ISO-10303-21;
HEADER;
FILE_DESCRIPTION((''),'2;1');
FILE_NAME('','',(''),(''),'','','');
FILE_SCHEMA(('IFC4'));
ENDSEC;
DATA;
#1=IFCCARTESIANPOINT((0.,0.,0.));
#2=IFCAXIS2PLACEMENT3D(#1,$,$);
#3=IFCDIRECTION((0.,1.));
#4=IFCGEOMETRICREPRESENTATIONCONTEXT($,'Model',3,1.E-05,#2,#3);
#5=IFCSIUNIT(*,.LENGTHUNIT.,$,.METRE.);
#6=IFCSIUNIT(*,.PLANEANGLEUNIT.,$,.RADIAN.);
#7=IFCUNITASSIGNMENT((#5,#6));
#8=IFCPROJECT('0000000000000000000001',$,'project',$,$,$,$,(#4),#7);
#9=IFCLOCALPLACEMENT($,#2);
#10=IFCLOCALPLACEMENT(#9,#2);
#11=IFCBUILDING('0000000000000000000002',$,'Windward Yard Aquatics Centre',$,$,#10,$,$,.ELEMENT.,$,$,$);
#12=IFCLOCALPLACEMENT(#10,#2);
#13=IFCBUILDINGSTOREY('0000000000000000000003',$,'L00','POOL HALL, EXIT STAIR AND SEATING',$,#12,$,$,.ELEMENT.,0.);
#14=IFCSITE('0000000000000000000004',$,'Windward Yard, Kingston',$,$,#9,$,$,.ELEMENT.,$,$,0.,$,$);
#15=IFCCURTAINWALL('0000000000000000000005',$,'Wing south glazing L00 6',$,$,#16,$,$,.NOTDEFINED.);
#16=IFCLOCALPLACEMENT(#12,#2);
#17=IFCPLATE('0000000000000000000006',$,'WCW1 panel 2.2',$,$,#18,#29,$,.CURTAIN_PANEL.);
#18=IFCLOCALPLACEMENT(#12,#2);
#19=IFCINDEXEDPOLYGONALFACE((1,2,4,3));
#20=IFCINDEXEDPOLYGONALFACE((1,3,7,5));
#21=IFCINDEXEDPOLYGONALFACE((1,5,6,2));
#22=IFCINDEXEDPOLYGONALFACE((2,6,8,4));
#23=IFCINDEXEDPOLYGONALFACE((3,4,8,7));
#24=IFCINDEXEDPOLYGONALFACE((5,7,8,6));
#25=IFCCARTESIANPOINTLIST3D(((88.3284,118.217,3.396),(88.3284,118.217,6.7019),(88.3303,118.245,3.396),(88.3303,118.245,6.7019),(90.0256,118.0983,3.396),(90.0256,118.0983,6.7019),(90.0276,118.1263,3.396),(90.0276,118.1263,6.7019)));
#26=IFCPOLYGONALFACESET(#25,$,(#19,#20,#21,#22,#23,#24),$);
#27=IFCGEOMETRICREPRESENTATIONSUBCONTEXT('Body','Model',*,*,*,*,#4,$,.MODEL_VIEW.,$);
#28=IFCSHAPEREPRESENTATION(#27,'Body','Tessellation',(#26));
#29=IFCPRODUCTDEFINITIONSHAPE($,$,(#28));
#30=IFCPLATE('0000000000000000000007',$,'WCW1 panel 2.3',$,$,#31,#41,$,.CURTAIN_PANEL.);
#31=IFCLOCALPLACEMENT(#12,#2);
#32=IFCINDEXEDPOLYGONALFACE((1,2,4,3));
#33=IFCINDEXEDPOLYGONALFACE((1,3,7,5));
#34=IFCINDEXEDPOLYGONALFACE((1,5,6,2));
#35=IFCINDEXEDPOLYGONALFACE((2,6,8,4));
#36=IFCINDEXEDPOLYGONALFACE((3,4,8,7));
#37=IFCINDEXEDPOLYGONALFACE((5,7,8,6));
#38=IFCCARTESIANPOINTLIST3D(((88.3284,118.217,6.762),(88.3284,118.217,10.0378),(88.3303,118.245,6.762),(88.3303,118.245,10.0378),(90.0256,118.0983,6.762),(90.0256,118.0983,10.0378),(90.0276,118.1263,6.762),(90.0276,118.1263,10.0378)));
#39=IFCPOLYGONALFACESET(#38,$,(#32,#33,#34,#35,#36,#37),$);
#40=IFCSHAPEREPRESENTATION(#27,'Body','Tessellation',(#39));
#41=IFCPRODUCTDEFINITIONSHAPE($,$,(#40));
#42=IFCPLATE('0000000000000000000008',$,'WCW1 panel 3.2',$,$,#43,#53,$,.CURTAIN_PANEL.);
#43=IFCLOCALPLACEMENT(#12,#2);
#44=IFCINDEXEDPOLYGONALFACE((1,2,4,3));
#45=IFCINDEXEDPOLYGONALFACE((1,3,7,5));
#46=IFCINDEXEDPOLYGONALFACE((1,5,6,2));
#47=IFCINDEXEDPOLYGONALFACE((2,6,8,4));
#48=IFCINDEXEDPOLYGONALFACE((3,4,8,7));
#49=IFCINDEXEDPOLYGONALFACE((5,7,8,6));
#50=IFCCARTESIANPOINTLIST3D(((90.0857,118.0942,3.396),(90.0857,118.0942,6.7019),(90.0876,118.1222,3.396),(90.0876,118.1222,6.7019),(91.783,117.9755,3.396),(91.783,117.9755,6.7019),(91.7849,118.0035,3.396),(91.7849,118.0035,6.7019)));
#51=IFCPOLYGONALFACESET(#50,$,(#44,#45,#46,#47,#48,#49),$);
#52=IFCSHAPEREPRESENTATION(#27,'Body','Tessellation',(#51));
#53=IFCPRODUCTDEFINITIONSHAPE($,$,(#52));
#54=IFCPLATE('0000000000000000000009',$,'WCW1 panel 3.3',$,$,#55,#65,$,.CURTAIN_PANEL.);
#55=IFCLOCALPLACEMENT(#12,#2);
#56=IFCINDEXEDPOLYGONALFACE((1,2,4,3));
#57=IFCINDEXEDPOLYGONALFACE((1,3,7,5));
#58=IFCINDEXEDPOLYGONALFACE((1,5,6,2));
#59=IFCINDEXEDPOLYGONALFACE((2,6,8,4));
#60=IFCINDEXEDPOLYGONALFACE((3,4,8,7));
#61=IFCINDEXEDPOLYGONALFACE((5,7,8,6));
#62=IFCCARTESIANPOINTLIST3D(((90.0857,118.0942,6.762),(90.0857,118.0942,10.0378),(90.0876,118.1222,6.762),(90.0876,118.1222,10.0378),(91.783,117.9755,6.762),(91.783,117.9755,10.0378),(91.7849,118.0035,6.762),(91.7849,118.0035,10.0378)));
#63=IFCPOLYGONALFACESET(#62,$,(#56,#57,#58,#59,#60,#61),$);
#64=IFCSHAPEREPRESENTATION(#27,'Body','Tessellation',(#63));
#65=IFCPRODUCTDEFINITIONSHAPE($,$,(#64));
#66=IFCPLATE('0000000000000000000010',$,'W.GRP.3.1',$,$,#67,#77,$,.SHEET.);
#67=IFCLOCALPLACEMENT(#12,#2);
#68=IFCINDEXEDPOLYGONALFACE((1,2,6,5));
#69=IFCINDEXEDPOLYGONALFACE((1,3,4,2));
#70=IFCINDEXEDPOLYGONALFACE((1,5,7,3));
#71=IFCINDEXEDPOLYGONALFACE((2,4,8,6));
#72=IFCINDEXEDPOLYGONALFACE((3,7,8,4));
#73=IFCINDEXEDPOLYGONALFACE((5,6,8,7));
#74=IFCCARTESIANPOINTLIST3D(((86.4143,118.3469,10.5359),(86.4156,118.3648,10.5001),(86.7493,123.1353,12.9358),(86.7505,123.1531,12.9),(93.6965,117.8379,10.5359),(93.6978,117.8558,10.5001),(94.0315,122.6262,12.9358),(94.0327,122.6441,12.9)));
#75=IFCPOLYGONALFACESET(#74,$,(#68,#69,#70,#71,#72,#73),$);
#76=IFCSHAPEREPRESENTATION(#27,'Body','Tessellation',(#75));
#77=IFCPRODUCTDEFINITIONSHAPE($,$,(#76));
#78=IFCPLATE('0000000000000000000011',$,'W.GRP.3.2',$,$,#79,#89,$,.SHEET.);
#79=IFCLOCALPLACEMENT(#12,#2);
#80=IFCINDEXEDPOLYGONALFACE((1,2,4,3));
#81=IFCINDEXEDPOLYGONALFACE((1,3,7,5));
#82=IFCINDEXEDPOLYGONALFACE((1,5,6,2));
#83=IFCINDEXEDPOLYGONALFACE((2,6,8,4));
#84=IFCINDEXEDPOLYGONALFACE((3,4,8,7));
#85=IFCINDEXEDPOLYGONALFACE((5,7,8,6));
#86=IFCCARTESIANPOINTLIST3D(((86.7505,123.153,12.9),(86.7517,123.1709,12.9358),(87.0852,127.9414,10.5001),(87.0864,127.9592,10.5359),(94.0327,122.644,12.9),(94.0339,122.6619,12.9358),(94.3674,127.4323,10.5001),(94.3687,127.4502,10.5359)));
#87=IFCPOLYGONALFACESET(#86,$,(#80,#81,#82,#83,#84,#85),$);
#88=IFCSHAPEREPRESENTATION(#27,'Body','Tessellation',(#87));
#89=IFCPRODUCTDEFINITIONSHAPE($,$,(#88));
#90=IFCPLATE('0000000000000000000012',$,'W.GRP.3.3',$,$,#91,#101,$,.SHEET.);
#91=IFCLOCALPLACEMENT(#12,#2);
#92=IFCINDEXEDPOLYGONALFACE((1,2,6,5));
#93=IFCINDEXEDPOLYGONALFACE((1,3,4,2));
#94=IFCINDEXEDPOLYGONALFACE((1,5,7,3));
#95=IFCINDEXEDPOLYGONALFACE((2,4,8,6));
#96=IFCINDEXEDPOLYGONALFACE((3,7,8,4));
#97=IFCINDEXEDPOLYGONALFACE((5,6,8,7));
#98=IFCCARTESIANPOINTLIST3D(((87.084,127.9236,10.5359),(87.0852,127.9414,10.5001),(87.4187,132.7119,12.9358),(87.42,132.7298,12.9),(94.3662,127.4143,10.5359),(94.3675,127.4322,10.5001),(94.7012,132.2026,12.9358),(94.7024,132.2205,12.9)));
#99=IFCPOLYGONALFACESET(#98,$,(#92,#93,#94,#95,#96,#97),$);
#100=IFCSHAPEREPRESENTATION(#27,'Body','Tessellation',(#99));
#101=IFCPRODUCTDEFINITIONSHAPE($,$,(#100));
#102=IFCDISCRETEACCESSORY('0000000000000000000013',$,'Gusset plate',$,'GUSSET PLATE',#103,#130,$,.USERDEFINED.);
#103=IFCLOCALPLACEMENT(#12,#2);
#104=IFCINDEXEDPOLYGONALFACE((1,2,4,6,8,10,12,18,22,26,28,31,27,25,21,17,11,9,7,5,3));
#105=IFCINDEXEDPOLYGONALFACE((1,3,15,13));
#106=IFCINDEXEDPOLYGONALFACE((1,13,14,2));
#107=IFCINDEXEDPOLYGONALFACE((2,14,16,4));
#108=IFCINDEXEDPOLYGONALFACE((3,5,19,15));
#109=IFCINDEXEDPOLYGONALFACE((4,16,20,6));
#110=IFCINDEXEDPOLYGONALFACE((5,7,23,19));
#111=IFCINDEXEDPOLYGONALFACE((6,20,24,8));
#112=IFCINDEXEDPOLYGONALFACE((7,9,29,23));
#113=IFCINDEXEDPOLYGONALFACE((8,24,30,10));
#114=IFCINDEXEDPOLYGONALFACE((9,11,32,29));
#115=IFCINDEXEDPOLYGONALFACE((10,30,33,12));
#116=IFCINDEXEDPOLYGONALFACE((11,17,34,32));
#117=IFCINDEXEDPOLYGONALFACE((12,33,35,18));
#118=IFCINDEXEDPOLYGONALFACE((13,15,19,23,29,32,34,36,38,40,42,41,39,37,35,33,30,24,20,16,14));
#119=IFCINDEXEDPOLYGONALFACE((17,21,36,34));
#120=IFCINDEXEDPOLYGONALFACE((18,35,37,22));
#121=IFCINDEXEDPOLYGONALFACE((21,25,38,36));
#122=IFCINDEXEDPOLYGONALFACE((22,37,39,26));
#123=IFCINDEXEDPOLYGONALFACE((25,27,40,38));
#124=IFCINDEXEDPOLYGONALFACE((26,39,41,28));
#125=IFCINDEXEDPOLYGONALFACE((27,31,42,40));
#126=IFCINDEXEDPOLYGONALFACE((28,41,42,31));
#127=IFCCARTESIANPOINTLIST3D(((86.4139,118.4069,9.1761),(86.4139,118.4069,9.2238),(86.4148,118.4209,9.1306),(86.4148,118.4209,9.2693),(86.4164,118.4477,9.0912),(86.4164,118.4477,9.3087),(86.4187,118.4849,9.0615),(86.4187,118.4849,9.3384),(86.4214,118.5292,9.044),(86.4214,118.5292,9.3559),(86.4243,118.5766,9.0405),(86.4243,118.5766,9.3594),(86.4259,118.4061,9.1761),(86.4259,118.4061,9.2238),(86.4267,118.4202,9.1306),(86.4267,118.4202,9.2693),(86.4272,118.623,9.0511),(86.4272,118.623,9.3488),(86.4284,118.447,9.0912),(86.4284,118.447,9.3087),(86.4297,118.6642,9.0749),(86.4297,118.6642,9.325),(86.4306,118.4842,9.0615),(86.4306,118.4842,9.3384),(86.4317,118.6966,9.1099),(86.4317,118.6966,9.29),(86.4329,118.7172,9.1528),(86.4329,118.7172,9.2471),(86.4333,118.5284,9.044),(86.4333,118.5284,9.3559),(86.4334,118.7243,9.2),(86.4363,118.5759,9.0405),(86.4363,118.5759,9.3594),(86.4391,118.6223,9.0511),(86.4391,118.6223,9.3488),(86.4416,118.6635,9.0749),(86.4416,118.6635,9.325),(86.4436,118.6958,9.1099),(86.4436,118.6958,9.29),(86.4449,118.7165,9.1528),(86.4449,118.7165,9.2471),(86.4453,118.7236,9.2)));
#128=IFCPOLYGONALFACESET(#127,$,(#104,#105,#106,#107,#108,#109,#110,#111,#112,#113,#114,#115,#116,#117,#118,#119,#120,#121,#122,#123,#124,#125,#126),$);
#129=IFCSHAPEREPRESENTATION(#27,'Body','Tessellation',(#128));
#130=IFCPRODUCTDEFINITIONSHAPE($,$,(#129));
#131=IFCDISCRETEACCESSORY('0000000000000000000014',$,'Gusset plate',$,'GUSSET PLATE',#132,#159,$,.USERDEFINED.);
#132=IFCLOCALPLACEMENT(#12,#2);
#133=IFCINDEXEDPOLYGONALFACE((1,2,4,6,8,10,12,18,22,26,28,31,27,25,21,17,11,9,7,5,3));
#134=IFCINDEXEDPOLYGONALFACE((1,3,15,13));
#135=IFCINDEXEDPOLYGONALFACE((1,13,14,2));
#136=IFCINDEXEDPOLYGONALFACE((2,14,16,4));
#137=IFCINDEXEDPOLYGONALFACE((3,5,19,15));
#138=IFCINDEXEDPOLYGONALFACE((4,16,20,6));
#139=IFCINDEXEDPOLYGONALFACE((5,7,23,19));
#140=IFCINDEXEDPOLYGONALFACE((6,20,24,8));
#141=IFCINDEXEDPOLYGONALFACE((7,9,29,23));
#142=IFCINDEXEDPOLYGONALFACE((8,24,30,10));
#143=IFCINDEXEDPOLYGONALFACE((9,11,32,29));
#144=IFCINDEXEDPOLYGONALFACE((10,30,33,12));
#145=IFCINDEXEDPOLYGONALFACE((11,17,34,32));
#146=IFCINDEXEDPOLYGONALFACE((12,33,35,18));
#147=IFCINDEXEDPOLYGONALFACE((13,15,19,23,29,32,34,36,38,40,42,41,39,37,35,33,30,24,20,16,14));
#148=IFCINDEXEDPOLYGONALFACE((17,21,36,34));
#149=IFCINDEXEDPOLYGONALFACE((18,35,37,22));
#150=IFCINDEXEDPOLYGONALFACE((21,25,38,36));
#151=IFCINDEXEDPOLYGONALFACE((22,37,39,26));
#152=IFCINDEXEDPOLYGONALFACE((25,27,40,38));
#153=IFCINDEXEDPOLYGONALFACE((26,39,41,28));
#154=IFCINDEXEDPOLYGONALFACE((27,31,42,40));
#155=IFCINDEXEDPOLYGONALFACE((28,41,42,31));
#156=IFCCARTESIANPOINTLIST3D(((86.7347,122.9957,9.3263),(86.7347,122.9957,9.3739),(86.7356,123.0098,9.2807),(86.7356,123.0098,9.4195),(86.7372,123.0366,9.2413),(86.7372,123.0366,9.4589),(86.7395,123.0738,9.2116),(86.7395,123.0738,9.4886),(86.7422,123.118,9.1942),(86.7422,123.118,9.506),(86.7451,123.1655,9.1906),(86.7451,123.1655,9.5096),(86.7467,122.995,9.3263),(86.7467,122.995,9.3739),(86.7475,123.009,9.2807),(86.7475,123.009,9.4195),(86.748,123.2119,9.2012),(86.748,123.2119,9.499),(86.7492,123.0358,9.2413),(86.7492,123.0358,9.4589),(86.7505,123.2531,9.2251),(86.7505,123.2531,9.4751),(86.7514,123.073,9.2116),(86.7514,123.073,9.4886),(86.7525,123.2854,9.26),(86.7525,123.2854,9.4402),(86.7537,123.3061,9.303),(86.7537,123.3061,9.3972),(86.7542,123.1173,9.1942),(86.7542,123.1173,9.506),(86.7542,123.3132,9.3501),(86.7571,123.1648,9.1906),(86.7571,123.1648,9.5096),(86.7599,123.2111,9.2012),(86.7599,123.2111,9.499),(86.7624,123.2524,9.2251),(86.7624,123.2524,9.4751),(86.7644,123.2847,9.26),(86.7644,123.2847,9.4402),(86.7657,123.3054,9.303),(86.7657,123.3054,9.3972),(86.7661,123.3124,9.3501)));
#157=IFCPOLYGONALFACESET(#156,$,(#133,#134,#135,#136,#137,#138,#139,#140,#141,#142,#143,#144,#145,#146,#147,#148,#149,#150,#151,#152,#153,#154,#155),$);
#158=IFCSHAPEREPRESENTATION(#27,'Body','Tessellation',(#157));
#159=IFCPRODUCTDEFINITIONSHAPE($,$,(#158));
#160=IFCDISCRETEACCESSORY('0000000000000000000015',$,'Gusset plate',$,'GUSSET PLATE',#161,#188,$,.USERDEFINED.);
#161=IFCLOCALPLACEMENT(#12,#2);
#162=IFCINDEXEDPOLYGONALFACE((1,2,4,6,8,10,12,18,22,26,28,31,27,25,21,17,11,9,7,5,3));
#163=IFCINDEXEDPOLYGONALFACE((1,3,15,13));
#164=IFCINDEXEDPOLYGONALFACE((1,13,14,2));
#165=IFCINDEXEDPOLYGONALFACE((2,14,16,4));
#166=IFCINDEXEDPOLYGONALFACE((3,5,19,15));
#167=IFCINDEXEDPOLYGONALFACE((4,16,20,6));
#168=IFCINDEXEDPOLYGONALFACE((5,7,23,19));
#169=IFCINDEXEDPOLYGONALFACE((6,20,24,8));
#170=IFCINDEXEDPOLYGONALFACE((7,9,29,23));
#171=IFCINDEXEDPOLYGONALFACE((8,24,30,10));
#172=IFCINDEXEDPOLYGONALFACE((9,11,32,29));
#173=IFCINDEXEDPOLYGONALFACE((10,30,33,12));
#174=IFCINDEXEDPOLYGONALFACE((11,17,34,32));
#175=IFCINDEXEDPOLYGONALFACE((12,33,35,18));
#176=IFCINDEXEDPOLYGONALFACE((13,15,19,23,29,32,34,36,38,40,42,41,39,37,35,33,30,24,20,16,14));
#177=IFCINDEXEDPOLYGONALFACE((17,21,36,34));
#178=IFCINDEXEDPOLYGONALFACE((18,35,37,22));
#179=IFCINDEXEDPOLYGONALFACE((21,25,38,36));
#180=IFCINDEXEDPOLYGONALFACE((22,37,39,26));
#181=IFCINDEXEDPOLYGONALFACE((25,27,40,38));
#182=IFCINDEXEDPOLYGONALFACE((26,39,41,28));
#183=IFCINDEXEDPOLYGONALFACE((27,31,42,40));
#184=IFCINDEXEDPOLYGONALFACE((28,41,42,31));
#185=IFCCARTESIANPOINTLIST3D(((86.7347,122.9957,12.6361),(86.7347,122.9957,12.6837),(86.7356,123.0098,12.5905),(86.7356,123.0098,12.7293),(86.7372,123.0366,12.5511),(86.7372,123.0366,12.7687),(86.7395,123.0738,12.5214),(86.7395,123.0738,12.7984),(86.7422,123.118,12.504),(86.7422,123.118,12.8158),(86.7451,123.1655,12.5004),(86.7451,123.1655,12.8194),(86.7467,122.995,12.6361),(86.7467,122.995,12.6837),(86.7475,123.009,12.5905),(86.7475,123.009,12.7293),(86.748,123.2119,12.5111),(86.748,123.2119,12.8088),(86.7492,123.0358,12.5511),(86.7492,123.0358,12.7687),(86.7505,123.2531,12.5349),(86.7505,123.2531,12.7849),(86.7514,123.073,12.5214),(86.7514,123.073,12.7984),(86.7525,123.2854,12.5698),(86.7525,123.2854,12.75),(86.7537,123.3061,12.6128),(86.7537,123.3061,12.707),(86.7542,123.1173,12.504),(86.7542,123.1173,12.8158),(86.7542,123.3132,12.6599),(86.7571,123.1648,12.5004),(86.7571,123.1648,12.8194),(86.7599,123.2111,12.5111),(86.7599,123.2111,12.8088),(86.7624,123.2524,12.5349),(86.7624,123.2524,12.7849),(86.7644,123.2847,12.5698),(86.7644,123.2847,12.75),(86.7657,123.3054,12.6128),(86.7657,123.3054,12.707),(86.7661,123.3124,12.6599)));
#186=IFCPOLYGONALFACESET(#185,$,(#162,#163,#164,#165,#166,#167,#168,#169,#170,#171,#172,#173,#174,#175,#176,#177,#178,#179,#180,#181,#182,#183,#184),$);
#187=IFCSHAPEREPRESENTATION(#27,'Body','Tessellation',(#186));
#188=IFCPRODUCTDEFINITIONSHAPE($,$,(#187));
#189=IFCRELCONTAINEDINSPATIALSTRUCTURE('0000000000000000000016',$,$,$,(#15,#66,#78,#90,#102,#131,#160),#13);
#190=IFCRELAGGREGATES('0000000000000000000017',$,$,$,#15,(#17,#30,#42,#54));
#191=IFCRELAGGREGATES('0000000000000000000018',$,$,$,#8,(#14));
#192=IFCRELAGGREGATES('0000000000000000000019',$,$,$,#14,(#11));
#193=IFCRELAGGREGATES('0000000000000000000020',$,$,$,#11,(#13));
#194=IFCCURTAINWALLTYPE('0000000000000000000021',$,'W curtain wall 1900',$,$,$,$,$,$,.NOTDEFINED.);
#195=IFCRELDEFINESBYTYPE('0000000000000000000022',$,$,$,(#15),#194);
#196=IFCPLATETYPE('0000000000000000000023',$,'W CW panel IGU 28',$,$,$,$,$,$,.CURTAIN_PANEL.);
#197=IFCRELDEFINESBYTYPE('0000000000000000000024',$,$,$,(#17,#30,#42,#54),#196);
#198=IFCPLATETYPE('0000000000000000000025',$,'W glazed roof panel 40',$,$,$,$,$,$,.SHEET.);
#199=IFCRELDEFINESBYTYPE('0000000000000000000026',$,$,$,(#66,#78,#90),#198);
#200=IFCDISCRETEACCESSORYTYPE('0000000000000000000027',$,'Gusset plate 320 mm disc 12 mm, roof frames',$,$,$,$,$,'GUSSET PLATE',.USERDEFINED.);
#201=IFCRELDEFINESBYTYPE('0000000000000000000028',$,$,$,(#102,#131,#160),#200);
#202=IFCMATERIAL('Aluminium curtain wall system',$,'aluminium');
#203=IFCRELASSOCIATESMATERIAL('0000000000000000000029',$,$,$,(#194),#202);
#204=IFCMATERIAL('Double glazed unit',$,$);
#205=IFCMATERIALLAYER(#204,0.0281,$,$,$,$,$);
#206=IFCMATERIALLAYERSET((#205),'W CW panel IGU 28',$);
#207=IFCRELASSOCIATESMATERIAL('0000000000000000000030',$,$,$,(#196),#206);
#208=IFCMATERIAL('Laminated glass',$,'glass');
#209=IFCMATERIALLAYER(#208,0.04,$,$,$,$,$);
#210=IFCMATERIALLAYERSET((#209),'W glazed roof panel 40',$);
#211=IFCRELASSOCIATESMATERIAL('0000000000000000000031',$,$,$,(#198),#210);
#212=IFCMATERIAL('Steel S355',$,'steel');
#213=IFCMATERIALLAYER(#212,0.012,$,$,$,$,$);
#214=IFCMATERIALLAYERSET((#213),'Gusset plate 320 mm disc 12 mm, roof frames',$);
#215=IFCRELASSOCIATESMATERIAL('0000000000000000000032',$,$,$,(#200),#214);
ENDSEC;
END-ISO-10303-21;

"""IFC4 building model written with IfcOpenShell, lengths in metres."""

from ifc_helpers import new_model, si_unit, direction, frame, origin, origin_2d, place, context, subcontext, project, spatial, polyline, rectangle, circle, outline, extrude, material, layer, layer_set, type_object, element, aggregate, save


model = new_model("IFC4")

# Units and contexts
model_context = context("Model", 3, precision=1e-05, world=origin(), true_north=direction((0.0, 1.0)))
body_context = subcontext(model_context, "Body", "Model", "MODEL_VIEW")
ifc_project = project(units=[si_unit("LENGTHUNIT", "METRE"), si_unit("PLANEANGLEUNIT", "RADIAN")], contexts=[model_context])

# Site, building, storey
site_placement = place(None, origin())
site = spatial("IfcSite", under=ifc_project, at=site_placement, Name="Windward Yard, Kingston", CompositionType="ELEMENT", RefElevation=0.0)
building_placement = place(site_placement, origin())
building = spatial("IfcBuilding", under=site, at=building_placement, Name="Windward Yard Aquatics Centre", CompositionType="ELEMENT")
storey_placement = place(building_placement, origin())
storey = spatial("IfcBuildingStorey", under=building, at=storey_placement, Name="L00", Description="POOL HALL, EXIT STAIR AND SEATING", CompositionType="ELEMENT", Elevation=0.0)

# Shared definitions
ifc_material_1 = material(Name="Steel S355", Category="steel")

# Curtain wall
ifc_material_2 = material(Name="Aluminium curtain wall system", Category="aluminium")
curtain_wall_type = type_object("IfcCurtainWallType", Name="W curtain wall 1900", PredefinedType="NOTDEFINED", material=ifc_material_2)
curtain_wall_1_placement = place(storey_placement, origin())
curtain_wall_1 = element("IfcCurtainWall", 1, at=curtain_wall_1_placement, inside=storey, type_object=curtain_wall_type, Name="Wing south glazing L00 6", PredefinedType="NOTDEFINED")

# Plates
ifc_material_3 = material(Name="Double glazed unit")
ifc_layer_1 = layer(ifc_material_3, 0.0281)
ifc_layer_set_1 = layer_set([ifc_layer_1], Name="W CW panel IGU 28")
plate_type_1 = type_object("IfcPlateType", Name="W CW panel IGU 28", PredefinedType="CURTAIN_PANEL", material=ifc_layer_set_1)
plate_1_placement = place(storey_placement, frame((89.178, 118.1716, 3.396), z_axis=(0.0, 0.0, 1.0), x_axis=(0.997564, -0.069756, 0.0)))
plate_1 = element("IfcPlate", 2, at=plate_1_placement, type_object=plate_type_1, Name="WCW1 panel 2.2", PredefinedType="CURTAIN_PANEL", context=body_context, shape_type="SweptSolid", body=[
    extrude(rectangle(XDim=1.7014, YDim=0.0281, at=origin_2d()), origin(), (0.0, 0.0, 1.0), 3.3059),
])
plate_2_placement = place(storey_placement, frame((89.178, 118.1716, 6.762), z_axis=(0.0, 0.0, 1.0), x_axis=(0.997564, -0.069756, 0.0)))
plate_2 = element("IfcPlate", 3, at=plate_2_placement, type_object=plate_type_1, Name="WCW1 panel 2.3", PredefinedType="CURTAIN_PANEL", context=body_context, shape_type="SweptSolid", body=[
    extrude(rectangle(XDim=1.7014, YDim=0.0281, at=origin_2d()), origin(), (0.0, 0.0, 1.0), 3.2759),
])
plate_3_placement = place(storey_placement, frame((90.9353, 118.0488, 3.396), z_axis=(0.0, 0.0, 1.0), x_axis=(0.997564, -0.069756, 0.0)))
plate_3 = element("IfcPlate", 4, at=plate_3_placement, type_object=plate_type_1, Name="WCW1 panel 3.2", PredefinedType="CURTAIN_PANEL", context=body_context, shape_type="SweptSolid", body=[
    extrude(rectangle(XDim=1.7014, YDim=0.0281, at=origin_2d()), origin(), (0.0, 0.0, 1.0), 3.3059),
])
plate_4_placement = place(storey_placement, frame((90.9353, 118.0488, 6.762), z_axis=(0.0, 0.0, 1.0), x_axis=(0.997564, -0.069756, 0.0)))
plate_4 = element("IfcPlate", 5, at=plate_4_placement, type_object=plate_type_1, Name="WCW1 panel 3.3", PredefinedType="CURTAIN_PANEL", context=body_context, shape_type="SweptSolid", body=[
    extrude(rectangle(XDim=1.7014, YDim=0.0281, at=origin_2d()), origin(), (0.0, 0.0, 1.0), 3.2759),
])
aggregate(curtain_wall_1, [plate_1, plate_2, plate_3, plate_4])

# Plates
ifc_material_4 = material(Name="Laminated glass", Category="glass")
ifc_layer_2 = layer(ifc_material_4, 0.04)
ifc_layer_set_2 = layer_set([ifc_layer_2], Name="W glazed roof panel 40")
plate_type_2 = type_object("IfcPlateType", Name="W glazed roof panel 40", PredefinedType="SHEET", material=ifc_layer_set_2)
plate_5_placement = place(storey_placement, frame((86.4143, 118.3469, 10.5359), z_axis=(-0.031183, -0.446108, 0.894436), x_axis=(0.997566, -0.069731, 0.0)))
element("IfcPlate", 6, at=plate_5_placement, inside=storey, type_object=plate_type_2, Name="W.GRP.3.1", PredefinedType="SHEET", context=body_context, shape_type="SweptSolid", body=[
    extrude(outline(polyline([(0.0, 0.0), (7.3, 0.0), (7.3002, 5.3665), (0.0003, 5.3665), (0.0, 0.0)])), origin(), (0.0, 0.0, -1.0), 0.04),
])
plate_6_placement = place(storey_placement, frame((86.7517, 123.1709, 12.9358), z_axis=(0.031183, 0.446109, 0.894435), x_axis=(0.997566, -0.069731, 0.0)))
element("IfcPlate", 7, at=plate_6_placement, inside=storey, type_object=plate_type_2, Name="W.GRP.3.2", PredefinedType="SHEET", context=body_context, shape_type="SweptSolid", body=[
    extrude(outline(polyline([(0.0, 0.0), (7.3, 0.0), (7.3, 5.3665), (0.0, 5.3665), (0.0, 0.0)])), origin(), (0.0, 0.0, -1.0), 0.04),
])
plate_7_placement = place(storey_placement, frame((87.084, 127.9236, 10.5359), z_axis=(-0.031198, -0.446108, 0.894435), x_axis=(0.997564, -0.069764, 0.0)))
element("IfcPlate", 8, at=plate_7_placement, inside=storey, type_object=plate_type_2, Name="W.GRP.3.3", PredefinedType="SHEET", context=body_context, shape_type="SweptSolid", body=[
    extrude(outline(polyline([(0.0, 0.0), (7.3, 0.0), (7.3001, 5.3665), (-0.0002, 5.3665), (0.0, 0.0)])), origin(), (0.0, 0.0, -1.0), 0.04),
])

# Discrete accessories
ifc_layer_3 = layer(ifc_material_1, 0.012)
ifc_layer_set_3 = layer_set([ifc_layer_3], Name="Gusset plate 320 mm disc 12 mm, roof frames")
discrete_accessory_type = type_object("IfcDiscreteAccessoryType", Name="Gusset plate 320 mm disc 12 mm, roof frames", ElementType="GUSSET PLATE", PredefinedType="USERDEFINED", material=ifc_layer_set_3)
for number, where, z_axis, x_axis, name in (
    (9, (86.4236, 118.5647, 9.2), (0.998131, -0.06111, 0.0), (0.06111, 0.998131, 0.0), "Gusset plate"),
    (10, (86.7444, 123.1536, 9.3501), (0.998131, -0.06111, 0.0), (0.06111, 0.998131, 0.0), "Gusset plate"),
    (11, (86.7444, 123.1536, 12.6599), (0.998131, -0.06111, 0.0), (0.06111, 0.998131, 0.0), "Gusset plate"),
):
    element("IfcDiscreteAccessory", number, at=place(storey_placement, frame(where, z_axis=z_axis, x_axis=x_axis)), inside=storey, type_object=discrete_accessory_type, Name=name, ObjectType="GUSSET PLATE", PredefinedType="USERDEFINED", context=body_context, shape_type="SweptSolid", body=[
        extrude(circle(Radius=0.1599, at=origin_2d()), origin(), (0.0, 0.0, 1.0), 0.012),
    ])

save(model, "model.ifc")
